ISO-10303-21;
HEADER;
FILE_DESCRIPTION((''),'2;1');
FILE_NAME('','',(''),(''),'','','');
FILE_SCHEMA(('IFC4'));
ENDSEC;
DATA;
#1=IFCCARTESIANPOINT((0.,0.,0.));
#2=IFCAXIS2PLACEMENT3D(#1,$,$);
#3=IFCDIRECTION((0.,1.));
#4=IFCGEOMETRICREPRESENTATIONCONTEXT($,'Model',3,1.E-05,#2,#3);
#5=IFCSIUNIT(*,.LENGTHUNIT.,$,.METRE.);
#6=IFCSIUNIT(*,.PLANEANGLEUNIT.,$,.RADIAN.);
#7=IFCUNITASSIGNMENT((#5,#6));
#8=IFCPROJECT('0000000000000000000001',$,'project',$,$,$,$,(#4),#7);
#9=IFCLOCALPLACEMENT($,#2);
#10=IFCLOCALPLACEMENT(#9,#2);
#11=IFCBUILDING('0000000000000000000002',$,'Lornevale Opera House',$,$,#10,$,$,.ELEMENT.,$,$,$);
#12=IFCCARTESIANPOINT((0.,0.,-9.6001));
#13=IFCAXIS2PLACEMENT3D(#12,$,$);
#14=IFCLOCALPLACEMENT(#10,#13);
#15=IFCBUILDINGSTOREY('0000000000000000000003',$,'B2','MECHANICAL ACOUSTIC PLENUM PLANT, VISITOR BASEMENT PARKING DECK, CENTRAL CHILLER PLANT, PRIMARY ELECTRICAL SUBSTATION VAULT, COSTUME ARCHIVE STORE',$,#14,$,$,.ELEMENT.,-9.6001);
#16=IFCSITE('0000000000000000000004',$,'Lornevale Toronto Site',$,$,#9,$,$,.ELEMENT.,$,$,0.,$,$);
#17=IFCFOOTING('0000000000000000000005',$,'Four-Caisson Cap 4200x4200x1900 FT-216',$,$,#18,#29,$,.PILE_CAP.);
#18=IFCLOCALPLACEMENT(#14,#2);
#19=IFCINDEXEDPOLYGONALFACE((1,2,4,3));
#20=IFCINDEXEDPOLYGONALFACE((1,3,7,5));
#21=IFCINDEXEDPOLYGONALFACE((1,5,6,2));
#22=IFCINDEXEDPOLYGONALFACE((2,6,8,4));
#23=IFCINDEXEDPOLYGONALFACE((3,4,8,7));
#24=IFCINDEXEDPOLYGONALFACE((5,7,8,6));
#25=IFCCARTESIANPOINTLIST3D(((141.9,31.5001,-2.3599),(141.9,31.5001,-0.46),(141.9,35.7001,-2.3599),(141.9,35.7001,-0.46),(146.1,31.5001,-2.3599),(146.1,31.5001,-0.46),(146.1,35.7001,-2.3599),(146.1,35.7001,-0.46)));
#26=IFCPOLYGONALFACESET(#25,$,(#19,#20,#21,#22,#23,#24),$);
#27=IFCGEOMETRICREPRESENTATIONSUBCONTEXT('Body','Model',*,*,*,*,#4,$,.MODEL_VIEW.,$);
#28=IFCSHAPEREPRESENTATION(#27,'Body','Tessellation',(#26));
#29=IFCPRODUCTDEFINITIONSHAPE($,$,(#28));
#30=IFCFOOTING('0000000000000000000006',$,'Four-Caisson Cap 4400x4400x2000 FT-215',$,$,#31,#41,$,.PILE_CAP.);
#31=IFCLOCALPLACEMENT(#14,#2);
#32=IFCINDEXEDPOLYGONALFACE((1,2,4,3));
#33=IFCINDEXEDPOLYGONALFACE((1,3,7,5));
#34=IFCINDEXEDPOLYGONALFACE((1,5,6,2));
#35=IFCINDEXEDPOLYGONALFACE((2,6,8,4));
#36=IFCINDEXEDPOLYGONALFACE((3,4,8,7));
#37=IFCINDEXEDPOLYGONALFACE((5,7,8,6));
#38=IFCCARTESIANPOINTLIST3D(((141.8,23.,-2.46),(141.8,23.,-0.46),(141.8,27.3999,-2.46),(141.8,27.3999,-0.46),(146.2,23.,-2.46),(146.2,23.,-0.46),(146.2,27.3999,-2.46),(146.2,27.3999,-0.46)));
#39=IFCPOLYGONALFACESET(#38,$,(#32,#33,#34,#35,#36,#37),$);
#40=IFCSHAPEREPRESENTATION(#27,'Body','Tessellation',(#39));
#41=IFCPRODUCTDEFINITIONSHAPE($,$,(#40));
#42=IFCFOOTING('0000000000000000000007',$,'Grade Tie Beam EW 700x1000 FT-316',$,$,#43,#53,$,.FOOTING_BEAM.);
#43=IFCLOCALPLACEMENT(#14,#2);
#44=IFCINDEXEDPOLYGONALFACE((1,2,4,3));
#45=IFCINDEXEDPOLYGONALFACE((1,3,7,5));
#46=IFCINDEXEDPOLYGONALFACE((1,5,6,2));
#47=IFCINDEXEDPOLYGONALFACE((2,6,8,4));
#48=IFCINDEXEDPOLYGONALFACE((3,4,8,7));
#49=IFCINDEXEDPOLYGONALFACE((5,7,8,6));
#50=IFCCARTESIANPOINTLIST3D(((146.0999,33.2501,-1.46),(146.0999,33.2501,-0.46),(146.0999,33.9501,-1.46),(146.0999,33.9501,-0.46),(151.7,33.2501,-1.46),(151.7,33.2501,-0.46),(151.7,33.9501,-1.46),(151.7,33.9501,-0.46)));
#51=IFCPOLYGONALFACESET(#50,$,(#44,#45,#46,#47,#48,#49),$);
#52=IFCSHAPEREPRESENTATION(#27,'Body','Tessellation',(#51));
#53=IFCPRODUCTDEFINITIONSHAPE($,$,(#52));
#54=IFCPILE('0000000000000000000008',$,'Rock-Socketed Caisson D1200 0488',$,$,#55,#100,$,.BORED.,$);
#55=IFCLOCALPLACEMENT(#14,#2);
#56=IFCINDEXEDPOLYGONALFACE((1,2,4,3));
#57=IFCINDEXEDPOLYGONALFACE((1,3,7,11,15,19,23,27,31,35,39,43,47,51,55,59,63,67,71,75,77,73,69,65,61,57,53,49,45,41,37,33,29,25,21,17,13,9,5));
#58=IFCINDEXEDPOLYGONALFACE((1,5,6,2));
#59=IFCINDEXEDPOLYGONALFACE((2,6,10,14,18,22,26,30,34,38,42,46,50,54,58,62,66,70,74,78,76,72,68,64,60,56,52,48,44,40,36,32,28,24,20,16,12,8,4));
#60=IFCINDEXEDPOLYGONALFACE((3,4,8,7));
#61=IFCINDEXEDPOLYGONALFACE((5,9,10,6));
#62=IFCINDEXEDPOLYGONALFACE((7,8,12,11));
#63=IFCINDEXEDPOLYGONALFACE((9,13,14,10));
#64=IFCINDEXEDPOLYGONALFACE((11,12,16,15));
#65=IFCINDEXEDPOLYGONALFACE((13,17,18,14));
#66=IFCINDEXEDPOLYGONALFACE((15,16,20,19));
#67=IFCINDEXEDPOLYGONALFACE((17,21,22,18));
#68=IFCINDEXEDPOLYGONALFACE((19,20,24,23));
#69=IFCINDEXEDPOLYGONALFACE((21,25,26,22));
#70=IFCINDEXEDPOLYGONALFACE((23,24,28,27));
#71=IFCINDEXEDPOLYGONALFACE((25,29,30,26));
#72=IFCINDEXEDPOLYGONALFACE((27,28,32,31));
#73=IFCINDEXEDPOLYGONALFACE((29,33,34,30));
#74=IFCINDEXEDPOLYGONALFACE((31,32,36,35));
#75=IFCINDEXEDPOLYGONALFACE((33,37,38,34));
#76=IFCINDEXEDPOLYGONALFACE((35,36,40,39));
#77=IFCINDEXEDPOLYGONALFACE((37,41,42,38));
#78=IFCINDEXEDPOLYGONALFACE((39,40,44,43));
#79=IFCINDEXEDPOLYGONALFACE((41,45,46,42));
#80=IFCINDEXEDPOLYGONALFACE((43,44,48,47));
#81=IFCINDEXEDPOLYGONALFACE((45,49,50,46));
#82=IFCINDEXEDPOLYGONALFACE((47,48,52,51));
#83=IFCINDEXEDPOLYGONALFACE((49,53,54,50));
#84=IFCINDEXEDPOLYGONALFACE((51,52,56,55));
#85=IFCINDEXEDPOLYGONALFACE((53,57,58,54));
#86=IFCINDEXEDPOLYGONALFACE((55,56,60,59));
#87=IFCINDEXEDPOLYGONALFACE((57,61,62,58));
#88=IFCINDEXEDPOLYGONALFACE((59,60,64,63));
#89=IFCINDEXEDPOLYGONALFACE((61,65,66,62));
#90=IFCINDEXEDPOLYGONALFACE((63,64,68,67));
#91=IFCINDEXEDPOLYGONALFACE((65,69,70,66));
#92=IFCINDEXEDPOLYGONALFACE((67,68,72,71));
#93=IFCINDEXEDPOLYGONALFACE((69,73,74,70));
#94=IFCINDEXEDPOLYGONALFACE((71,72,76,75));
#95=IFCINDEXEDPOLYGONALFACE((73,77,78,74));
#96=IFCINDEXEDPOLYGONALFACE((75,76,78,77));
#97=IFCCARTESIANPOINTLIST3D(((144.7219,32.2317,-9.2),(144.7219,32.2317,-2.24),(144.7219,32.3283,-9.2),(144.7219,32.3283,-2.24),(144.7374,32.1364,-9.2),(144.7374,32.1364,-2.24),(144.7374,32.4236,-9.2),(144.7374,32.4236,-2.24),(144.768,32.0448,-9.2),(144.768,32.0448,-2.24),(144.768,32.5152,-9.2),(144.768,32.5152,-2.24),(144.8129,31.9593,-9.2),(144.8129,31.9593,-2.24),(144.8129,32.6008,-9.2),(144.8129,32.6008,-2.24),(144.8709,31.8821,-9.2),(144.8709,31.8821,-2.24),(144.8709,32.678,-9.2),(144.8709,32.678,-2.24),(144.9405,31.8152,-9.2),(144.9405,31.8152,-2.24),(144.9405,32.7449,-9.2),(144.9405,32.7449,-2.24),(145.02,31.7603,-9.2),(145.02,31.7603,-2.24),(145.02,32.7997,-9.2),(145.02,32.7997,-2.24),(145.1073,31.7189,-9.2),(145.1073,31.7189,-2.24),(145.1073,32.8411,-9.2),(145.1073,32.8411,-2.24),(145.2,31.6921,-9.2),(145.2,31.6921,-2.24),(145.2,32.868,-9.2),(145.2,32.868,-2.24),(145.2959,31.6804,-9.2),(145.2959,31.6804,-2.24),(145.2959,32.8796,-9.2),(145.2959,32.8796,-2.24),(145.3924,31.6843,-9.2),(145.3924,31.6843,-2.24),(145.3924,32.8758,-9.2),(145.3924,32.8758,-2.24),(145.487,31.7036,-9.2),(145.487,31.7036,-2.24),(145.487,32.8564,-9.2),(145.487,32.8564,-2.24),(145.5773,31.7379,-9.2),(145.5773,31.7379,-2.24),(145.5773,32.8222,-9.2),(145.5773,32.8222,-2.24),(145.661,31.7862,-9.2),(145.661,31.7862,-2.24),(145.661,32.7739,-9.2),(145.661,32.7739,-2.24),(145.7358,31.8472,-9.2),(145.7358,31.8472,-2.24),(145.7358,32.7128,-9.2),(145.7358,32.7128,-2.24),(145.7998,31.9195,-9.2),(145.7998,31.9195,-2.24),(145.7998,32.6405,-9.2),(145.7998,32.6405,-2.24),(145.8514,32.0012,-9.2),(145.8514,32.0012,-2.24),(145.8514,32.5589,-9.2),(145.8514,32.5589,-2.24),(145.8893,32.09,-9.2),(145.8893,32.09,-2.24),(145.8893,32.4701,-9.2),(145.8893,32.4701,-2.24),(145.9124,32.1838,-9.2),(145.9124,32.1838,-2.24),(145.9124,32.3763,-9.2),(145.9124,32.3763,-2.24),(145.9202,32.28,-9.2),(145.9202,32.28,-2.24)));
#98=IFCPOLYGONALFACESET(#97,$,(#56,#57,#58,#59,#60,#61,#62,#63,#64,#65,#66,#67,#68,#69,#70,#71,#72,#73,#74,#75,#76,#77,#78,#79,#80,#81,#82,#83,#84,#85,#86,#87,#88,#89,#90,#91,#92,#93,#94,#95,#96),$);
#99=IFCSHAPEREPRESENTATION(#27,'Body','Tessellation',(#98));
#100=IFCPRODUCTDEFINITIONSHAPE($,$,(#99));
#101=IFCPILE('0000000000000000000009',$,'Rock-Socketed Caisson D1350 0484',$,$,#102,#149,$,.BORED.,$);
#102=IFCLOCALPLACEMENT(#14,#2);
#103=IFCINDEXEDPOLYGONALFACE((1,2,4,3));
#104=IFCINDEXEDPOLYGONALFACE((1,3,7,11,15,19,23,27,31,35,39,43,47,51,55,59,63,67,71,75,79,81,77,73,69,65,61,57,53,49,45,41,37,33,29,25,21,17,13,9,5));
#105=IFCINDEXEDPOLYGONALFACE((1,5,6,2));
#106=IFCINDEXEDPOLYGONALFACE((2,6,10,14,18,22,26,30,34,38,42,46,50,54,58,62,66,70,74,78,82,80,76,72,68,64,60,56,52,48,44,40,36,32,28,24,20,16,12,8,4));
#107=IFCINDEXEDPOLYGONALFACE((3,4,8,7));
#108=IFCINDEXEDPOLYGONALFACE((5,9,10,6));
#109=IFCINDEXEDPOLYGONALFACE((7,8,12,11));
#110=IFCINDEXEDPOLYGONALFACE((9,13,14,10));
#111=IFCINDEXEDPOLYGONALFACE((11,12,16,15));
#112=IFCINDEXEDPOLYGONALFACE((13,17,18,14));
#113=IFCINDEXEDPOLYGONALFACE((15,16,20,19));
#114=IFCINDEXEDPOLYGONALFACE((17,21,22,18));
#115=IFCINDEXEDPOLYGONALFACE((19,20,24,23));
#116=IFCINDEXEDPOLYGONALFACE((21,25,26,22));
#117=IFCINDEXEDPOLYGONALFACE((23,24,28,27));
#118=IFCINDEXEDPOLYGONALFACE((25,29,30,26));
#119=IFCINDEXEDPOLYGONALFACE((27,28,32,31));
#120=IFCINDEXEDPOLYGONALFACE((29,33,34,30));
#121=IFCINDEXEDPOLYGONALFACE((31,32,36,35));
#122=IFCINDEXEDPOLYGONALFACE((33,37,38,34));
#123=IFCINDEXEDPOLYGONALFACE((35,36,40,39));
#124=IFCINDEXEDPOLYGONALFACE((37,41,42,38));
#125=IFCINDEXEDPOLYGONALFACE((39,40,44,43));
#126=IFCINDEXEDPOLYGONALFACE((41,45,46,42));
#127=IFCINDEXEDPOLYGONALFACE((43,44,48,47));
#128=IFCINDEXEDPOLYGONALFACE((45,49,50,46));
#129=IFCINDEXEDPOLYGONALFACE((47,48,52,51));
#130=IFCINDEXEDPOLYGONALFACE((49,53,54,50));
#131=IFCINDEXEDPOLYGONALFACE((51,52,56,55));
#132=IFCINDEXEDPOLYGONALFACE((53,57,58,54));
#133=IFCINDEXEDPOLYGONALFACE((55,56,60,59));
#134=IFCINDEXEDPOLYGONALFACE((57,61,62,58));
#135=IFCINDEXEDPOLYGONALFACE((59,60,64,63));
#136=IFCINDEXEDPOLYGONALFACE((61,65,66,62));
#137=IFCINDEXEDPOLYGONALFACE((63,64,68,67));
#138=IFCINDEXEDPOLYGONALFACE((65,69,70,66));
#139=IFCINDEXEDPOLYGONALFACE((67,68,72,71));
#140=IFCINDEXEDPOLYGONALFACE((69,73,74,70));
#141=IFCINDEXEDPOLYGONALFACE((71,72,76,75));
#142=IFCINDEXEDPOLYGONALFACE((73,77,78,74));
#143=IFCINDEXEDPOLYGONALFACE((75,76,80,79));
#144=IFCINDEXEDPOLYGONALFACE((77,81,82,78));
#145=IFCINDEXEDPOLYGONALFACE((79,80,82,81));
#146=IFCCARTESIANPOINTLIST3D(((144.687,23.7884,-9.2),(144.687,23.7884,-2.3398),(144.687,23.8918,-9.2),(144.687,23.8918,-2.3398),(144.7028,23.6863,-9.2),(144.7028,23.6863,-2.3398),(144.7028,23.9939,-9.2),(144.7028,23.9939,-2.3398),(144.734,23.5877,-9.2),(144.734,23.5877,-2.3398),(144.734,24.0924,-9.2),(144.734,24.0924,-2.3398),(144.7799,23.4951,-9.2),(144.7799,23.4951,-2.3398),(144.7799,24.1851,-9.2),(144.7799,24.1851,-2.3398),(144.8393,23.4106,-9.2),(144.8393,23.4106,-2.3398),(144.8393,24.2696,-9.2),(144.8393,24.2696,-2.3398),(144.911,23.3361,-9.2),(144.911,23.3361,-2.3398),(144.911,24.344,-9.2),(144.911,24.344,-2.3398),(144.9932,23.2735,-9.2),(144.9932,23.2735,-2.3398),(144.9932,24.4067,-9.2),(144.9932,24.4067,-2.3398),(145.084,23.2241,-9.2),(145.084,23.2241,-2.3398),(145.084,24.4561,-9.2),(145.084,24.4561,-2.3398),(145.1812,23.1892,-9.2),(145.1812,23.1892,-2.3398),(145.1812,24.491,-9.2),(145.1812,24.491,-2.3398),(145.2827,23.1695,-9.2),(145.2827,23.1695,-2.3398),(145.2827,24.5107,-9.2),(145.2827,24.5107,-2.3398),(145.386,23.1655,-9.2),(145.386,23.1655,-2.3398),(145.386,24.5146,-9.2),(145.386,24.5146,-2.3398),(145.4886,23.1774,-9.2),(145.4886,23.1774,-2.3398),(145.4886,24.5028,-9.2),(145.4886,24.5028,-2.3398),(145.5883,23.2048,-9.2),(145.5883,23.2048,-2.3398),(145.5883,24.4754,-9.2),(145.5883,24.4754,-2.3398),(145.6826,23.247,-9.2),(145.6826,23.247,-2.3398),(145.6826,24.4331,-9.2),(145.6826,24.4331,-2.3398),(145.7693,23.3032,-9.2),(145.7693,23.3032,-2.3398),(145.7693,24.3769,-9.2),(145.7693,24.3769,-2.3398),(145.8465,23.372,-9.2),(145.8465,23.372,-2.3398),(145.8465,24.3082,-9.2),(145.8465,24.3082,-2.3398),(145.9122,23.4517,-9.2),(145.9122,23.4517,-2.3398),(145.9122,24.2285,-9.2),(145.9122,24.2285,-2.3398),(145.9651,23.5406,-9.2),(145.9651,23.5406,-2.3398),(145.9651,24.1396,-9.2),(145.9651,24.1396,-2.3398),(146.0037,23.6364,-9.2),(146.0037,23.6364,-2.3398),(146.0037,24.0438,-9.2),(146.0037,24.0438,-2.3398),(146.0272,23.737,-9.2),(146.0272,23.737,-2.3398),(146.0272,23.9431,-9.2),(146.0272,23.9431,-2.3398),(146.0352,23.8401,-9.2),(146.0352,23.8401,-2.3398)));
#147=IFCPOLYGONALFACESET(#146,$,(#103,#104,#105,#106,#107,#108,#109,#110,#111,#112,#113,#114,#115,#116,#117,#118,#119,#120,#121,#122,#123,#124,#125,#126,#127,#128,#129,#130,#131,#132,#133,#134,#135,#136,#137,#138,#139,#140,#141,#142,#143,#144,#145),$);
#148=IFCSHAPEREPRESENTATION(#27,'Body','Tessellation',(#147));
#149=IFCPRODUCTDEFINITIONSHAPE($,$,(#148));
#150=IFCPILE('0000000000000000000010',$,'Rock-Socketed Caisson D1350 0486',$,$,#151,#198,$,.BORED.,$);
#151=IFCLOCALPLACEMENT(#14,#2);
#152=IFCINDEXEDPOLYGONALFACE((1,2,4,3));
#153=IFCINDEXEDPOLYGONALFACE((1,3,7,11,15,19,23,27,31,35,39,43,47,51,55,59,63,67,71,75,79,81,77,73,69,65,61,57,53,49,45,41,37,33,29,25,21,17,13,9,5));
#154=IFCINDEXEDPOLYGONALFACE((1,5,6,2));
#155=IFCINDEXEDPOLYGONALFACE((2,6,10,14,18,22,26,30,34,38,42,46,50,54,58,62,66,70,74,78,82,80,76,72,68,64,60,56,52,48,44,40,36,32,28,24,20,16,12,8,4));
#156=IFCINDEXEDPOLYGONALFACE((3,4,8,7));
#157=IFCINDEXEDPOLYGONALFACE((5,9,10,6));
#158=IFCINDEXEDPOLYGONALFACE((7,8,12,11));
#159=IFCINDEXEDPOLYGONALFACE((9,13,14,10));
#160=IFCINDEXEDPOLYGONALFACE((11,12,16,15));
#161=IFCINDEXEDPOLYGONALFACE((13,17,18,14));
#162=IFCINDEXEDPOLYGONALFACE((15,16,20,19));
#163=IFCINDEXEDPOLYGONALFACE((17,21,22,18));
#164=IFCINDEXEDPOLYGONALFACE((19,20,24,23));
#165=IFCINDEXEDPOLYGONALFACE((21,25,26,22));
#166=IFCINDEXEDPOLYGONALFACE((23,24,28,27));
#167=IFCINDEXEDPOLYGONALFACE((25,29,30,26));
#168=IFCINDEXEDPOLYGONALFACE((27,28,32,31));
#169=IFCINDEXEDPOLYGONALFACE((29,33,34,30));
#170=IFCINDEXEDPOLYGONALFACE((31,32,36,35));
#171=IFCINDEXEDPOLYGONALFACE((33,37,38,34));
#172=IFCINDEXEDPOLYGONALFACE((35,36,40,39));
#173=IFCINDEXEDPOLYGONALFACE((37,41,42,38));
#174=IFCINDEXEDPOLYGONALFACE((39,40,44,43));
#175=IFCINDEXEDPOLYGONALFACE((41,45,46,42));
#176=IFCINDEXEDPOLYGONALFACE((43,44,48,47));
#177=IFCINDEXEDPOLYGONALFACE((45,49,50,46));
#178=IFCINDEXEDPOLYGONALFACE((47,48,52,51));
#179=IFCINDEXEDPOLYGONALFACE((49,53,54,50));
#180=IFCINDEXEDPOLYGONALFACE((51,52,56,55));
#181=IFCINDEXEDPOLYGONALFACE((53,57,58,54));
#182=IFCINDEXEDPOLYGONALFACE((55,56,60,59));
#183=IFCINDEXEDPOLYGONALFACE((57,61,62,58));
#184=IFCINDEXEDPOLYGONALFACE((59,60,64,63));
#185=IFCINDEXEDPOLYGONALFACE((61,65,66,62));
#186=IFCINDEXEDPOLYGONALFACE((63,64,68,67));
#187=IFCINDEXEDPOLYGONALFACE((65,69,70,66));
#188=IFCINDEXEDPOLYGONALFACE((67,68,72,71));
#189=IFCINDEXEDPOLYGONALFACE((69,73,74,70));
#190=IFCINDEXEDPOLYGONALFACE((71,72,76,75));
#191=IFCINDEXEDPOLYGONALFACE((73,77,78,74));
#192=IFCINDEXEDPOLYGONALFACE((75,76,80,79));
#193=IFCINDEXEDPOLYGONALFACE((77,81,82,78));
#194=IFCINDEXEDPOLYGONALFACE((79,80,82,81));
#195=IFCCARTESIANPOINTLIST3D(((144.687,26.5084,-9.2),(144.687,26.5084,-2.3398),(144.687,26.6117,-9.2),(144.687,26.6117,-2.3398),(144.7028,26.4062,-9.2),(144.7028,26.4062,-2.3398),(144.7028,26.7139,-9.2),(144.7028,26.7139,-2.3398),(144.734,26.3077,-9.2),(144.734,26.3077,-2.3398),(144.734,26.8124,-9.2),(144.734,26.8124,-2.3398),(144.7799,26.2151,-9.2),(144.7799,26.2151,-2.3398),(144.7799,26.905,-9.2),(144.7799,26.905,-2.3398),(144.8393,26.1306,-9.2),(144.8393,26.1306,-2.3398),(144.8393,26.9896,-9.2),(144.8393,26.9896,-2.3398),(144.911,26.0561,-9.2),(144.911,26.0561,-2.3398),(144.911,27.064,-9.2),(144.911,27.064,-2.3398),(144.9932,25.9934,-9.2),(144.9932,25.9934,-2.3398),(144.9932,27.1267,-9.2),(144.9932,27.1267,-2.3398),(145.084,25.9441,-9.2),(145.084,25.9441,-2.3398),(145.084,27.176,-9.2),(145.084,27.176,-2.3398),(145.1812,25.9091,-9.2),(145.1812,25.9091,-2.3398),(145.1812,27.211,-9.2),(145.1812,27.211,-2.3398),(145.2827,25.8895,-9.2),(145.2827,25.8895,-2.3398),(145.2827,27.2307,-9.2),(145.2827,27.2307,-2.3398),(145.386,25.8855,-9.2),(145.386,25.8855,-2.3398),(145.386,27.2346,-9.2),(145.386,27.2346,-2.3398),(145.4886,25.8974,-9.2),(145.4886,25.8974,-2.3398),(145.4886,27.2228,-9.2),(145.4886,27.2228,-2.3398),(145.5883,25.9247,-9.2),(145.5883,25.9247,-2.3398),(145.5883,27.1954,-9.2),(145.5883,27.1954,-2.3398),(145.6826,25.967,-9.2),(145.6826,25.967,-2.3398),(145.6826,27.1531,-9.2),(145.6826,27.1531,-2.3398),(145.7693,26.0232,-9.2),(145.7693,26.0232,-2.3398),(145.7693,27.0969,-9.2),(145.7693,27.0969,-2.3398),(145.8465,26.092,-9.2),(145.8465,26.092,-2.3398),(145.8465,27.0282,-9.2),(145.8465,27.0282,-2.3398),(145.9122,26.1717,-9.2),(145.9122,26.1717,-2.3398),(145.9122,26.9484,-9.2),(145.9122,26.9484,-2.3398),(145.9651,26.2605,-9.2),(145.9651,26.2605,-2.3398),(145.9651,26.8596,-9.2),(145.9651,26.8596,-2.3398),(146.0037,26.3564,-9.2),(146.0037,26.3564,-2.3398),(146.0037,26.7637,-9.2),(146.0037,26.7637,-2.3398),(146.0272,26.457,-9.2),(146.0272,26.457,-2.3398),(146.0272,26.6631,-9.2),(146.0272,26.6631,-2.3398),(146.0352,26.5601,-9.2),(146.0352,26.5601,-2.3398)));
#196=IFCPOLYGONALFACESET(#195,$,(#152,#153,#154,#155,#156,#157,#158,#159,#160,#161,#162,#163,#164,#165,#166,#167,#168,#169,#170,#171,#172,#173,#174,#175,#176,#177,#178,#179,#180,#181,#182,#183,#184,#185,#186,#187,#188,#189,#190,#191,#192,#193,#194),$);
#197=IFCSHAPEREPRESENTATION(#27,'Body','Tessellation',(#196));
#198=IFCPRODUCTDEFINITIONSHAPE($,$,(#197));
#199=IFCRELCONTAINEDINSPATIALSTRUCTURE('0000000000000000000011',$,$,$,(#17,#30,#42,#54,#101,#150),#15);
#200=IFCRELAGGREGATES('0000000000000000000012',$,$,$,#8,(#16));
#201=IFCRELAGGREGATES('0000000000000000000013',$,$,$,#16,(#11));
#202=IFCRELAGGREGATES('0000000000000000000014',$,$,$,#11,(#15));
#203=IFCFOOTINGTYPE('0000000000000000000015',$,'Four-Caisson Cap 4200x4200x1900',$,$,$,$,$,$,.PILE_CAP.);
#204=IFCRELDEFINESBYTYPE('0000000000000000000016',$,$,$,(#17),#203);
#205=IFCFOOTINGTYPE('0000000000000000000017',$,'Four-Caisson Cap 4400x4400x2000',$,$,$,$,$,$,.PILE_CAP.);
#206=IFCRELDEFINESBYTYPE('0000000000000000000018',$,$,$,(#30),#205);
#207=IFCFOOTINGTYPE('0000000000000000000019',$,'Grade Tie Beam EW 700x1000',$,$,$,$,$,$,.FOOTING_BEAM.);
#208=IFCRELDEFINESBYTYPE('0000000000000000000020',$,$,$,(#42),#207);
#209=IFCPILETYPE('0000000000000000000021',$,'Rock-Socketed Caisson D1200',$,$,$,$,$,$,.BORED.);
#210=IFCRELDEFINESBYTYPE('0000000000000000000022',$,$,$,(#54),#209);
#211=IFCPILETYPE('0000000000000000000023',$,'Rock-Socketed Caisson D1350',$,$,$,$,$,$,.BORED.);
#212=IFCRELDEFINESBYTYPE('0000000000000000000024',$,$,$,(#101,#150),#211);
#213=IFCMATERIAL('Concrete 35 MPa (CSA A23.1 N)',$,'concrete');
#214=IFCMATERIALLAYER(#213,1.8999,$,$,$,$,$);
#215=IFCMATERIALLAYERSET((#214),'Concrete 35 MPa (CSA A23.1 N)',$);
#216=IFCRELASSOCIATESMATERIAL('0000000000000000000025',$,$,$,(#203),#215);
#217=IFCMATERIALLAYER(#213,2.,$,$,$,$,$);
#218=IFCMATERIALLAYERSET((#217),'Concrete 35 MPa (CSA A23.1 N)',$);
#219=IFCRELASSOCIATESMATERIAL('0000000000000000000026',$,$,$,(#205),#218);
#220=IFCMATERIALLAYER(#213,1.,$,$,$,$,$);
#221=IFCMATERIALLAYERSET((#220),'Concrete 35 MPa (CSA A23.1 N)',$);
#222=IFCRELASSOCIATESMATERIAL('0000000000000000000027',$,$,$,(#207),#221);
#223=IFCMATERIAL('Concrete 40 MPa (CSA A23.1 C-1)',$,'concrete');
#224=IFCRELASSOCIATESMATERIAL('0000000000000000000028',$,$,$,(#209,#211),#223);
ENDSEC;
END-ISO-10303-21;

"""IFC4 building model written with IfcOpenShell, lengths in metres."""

from ifc_helpers import new_model, si_unit, direction, frame, origin, origin_2d, place, context, subcontext, project, spatial, rectangle, circle, extrude, material, layer, layer_set, material_profile, profile_set, type_object, element, save


model = new_model("IFC4")

# Units and contexts
model_context = context("Model", 3, precision=1e-05, world=origin(), true_north=direction((0.0, 1.0)))
body_context = subcontext(model_context, "Body", "Model", "MODEL_VIEW")
ifc_project = project(units=[si_unit("LENGTHUNIT", "METRE"), si_unit("PLANEANGLEUNIT", "RADIAN")], contexts=[model_context])

# Site, building, storey
site_placement = place(None, origin())
site = spatial("IfcSite", under=ifc_project, at=site_placement, Name="Lornevale Toronto Site", CompositionType="ELEMENT", RefElevation=0.0)
building_placement = place(site_placement, origin())
building = spatial("IfcBuilding", under=site, at=building_placement, Name="Lornevale Opera House", CompositionType="ELEMENT")
storey_placement = place(building_placement, frame((0.0, 0.0, -9.6001)))
storey = spatial("IfcBuildingStorey", under=building, at=storey_placement, Name="B2", Description="MECHANICAL ACOUSTIC PLENUM PLANT, VISITOR BASEMENT PARKING DECK, CENTRAL CHILLER PLANT, PRIMARY ELECTRICAL SUBSTATION VAULT, COSTUME ARCHIVE STORE", CompositionType="ELEMENT", Elevation=-9.6001)

# Footings
ifc_material_1 = material(Name="Concrete 35 MPa (CSA A23.1 N)", Category="concrete")
ifc_layer_1 = layer(ifc_material_1, 1.8999)
ifc_layer_set_1 = layer_set([ifc_layer_1], Name="Concrete 35 MPa (CSA A23.1 N)")
footing_type_1 = type_object("IfcFootingType", Name="Four-Caisson Cap 4200x4200x1900", PredefinedType="PILE_CAP", material=ifc_layer_set_1)
footing_1_placement = place(storey_placement, frame((144.0, 33.6001, -2.3599), z_axis=(0.0, 0.0, 1.0), x_axis=(1.0, 0.0, 0.0)))
element("IfcFooting", 1, at=footing_1_placement, inside=storey, type_object=footing_type_1, Name="Four-Caisson Cap 4200x4200x1900 FT-216", PredefinedType="PILE_CAP", context=body_context, shape_type="SweptSolid", body=[
    extrude(rectangle(XDim=4.2, YDim=4.2, at=origin_2d()), origin(), (0.0, 0.0, 1.0), 1.8999),
])
ifc_layer_2 = layer(ifc_material_1, 2.0)
ifc_layer_set_2 = layer_set([ifc_layer_2], Name="Concrete 35 MPa (CSA A23.1 N)")
footing_type_2 = type_object("IfcFootingType", Name="Four-Caisson Cap 4400x4400x2000", PredefinedType="PILE_CAP", material=ifc_layer_set_2)
footing_2_placement = place(storey_placement, frame((144.0, 25.2, -2.46), z_axis=(0.0, 0.0, 1.0), x_axis=(1.0, 0.0, 0.0)))
element("IfcFooting", 2, at=footing_2_placement, inside=storey, type_object=footing_type_2, Name="Four-Caisson Cap 4400x4400x2000 FT-215", PredefinedType="PILE_CAP", context=body_context, shape_type="SweptSolid", body=[
    extrude(rectangle(XDim=4.3999, YDim=4.3999, at=origin_2d()), origin(), (0.0, 0.0, 1.0), 2.0),
])
ifc_layer_3 = layer(ifc_material_1, 1.0)
ifc_layer_set_3 = layer_set([ifc_layer_3], Name="Concrete 35 MPa (CSA A23.1 N)")
footing_type_3 = type_object("IfcFootingType", Name="Grade Tie Beam EW 700x1000", PredefinedType="FOOTING_BEAM", material=ifc_layer_set_3)
footing_3_placement = place(storey_placement, frame((148.8999, 33.6001, -1.46), z_axis=(0.0, 0.0, 1.0), x_axis=(1.0, 0.0, 0.0)))
element("IfcFooting", 3, at=footing_3_placement, inside=storey, type_object=footing_type_3, Name="Grade Tie Beam EW 700x1000 FT-316", PredefinedType="FOOTING_BEAM", context=body_context, shape_type="SweptSolid", body=[
    extrude(rectangle(XDim=5.6001, YDim=0.7, at=origin_2d()), origin(), (0.0, 0.0, 1.0), 1.0),
])

# Piles
ifc_material_2 = material(Name="Concrete 40 MPa (CSA A23.1 C-1)", Category="concrete")
ifc_material_profile_1 = material_profile(ifc_material_2, circle(Radius=0.6001, at=origin_2d()), Name="CAIS1200")
ifc_profile_set_1 = profile_set([ifc_material_profile_1], Name="Concrete 40 MPa (CSA A23.1 C-1)")
pile_type_1 = type_object("IfcPileType", Name="Rock-Socketed Caisson D1200", PredefinedType="BORED", material=ifc_profile_set_1)
pile_1_placement = place(storey_placement, frame((145.3201, 32.28, -2.24), z_axis=(0.0, 0.0, -1.0), x_axis=(1.0, 0.0, 0.0)))
element("IfcPile", 4, at=pile_1_placement, inside=storey, type_object=pile_type_1, Name="Rock-Socketed Caisson D1200 0488", PredefinedType="BORED", context=body_context, shape_type="SweptSolid", body=[
    extrude(circle(Radius=0.6001, at=origin_2d()), origin(), (0.0, 0.0, 1.0), 6.96),
])
ifc_material_profile_2 = material_profile(ifc_material_2, circle(Radius=0.675, at=origin_2d()), Name="CAIS1350")
ifc_profile_set_2 = profile_set([ifc_material_profile_2], Name="Concrete 40 MPa (CSA A23.1 C-1)")
pile_type_2 = type_object("IfcPileType", Name="Rock-Socketed Caisson D1350", PredefinedType="BORED", material=ifc_profile_set_2)
for number, where, z_axis, x_axis, name in (
    (5, (145.3601, 23.8401, -2.3398), (0.0, 0.0, -1.0), (1.0, 0.0, 0.0), "Rock-Socketed Caisson D1350 0484"),
    (6, (145.3601, 26.5601, -2.3398), (0.0, 0.0, -1.0), (1.0, 0.0, 0.0), "Rock-Socketed Caisson D1350 0486"),
):
    element("IfcPile", number, at=place(storey_placement, frame(where, z_axis=z_axis, x_axis=x_axis)), inside=storey, type_object=pile_type_2, Name=name, PredefinedType="BORED", context=body_context, shape_type="SweptSolid", body=[
        extrude(circle(Radius=0.675, at=origin_2d()), origin(), (0.0, 0.0, 1.0), 6.8601),
    ])

save(model, "model.ifc")
